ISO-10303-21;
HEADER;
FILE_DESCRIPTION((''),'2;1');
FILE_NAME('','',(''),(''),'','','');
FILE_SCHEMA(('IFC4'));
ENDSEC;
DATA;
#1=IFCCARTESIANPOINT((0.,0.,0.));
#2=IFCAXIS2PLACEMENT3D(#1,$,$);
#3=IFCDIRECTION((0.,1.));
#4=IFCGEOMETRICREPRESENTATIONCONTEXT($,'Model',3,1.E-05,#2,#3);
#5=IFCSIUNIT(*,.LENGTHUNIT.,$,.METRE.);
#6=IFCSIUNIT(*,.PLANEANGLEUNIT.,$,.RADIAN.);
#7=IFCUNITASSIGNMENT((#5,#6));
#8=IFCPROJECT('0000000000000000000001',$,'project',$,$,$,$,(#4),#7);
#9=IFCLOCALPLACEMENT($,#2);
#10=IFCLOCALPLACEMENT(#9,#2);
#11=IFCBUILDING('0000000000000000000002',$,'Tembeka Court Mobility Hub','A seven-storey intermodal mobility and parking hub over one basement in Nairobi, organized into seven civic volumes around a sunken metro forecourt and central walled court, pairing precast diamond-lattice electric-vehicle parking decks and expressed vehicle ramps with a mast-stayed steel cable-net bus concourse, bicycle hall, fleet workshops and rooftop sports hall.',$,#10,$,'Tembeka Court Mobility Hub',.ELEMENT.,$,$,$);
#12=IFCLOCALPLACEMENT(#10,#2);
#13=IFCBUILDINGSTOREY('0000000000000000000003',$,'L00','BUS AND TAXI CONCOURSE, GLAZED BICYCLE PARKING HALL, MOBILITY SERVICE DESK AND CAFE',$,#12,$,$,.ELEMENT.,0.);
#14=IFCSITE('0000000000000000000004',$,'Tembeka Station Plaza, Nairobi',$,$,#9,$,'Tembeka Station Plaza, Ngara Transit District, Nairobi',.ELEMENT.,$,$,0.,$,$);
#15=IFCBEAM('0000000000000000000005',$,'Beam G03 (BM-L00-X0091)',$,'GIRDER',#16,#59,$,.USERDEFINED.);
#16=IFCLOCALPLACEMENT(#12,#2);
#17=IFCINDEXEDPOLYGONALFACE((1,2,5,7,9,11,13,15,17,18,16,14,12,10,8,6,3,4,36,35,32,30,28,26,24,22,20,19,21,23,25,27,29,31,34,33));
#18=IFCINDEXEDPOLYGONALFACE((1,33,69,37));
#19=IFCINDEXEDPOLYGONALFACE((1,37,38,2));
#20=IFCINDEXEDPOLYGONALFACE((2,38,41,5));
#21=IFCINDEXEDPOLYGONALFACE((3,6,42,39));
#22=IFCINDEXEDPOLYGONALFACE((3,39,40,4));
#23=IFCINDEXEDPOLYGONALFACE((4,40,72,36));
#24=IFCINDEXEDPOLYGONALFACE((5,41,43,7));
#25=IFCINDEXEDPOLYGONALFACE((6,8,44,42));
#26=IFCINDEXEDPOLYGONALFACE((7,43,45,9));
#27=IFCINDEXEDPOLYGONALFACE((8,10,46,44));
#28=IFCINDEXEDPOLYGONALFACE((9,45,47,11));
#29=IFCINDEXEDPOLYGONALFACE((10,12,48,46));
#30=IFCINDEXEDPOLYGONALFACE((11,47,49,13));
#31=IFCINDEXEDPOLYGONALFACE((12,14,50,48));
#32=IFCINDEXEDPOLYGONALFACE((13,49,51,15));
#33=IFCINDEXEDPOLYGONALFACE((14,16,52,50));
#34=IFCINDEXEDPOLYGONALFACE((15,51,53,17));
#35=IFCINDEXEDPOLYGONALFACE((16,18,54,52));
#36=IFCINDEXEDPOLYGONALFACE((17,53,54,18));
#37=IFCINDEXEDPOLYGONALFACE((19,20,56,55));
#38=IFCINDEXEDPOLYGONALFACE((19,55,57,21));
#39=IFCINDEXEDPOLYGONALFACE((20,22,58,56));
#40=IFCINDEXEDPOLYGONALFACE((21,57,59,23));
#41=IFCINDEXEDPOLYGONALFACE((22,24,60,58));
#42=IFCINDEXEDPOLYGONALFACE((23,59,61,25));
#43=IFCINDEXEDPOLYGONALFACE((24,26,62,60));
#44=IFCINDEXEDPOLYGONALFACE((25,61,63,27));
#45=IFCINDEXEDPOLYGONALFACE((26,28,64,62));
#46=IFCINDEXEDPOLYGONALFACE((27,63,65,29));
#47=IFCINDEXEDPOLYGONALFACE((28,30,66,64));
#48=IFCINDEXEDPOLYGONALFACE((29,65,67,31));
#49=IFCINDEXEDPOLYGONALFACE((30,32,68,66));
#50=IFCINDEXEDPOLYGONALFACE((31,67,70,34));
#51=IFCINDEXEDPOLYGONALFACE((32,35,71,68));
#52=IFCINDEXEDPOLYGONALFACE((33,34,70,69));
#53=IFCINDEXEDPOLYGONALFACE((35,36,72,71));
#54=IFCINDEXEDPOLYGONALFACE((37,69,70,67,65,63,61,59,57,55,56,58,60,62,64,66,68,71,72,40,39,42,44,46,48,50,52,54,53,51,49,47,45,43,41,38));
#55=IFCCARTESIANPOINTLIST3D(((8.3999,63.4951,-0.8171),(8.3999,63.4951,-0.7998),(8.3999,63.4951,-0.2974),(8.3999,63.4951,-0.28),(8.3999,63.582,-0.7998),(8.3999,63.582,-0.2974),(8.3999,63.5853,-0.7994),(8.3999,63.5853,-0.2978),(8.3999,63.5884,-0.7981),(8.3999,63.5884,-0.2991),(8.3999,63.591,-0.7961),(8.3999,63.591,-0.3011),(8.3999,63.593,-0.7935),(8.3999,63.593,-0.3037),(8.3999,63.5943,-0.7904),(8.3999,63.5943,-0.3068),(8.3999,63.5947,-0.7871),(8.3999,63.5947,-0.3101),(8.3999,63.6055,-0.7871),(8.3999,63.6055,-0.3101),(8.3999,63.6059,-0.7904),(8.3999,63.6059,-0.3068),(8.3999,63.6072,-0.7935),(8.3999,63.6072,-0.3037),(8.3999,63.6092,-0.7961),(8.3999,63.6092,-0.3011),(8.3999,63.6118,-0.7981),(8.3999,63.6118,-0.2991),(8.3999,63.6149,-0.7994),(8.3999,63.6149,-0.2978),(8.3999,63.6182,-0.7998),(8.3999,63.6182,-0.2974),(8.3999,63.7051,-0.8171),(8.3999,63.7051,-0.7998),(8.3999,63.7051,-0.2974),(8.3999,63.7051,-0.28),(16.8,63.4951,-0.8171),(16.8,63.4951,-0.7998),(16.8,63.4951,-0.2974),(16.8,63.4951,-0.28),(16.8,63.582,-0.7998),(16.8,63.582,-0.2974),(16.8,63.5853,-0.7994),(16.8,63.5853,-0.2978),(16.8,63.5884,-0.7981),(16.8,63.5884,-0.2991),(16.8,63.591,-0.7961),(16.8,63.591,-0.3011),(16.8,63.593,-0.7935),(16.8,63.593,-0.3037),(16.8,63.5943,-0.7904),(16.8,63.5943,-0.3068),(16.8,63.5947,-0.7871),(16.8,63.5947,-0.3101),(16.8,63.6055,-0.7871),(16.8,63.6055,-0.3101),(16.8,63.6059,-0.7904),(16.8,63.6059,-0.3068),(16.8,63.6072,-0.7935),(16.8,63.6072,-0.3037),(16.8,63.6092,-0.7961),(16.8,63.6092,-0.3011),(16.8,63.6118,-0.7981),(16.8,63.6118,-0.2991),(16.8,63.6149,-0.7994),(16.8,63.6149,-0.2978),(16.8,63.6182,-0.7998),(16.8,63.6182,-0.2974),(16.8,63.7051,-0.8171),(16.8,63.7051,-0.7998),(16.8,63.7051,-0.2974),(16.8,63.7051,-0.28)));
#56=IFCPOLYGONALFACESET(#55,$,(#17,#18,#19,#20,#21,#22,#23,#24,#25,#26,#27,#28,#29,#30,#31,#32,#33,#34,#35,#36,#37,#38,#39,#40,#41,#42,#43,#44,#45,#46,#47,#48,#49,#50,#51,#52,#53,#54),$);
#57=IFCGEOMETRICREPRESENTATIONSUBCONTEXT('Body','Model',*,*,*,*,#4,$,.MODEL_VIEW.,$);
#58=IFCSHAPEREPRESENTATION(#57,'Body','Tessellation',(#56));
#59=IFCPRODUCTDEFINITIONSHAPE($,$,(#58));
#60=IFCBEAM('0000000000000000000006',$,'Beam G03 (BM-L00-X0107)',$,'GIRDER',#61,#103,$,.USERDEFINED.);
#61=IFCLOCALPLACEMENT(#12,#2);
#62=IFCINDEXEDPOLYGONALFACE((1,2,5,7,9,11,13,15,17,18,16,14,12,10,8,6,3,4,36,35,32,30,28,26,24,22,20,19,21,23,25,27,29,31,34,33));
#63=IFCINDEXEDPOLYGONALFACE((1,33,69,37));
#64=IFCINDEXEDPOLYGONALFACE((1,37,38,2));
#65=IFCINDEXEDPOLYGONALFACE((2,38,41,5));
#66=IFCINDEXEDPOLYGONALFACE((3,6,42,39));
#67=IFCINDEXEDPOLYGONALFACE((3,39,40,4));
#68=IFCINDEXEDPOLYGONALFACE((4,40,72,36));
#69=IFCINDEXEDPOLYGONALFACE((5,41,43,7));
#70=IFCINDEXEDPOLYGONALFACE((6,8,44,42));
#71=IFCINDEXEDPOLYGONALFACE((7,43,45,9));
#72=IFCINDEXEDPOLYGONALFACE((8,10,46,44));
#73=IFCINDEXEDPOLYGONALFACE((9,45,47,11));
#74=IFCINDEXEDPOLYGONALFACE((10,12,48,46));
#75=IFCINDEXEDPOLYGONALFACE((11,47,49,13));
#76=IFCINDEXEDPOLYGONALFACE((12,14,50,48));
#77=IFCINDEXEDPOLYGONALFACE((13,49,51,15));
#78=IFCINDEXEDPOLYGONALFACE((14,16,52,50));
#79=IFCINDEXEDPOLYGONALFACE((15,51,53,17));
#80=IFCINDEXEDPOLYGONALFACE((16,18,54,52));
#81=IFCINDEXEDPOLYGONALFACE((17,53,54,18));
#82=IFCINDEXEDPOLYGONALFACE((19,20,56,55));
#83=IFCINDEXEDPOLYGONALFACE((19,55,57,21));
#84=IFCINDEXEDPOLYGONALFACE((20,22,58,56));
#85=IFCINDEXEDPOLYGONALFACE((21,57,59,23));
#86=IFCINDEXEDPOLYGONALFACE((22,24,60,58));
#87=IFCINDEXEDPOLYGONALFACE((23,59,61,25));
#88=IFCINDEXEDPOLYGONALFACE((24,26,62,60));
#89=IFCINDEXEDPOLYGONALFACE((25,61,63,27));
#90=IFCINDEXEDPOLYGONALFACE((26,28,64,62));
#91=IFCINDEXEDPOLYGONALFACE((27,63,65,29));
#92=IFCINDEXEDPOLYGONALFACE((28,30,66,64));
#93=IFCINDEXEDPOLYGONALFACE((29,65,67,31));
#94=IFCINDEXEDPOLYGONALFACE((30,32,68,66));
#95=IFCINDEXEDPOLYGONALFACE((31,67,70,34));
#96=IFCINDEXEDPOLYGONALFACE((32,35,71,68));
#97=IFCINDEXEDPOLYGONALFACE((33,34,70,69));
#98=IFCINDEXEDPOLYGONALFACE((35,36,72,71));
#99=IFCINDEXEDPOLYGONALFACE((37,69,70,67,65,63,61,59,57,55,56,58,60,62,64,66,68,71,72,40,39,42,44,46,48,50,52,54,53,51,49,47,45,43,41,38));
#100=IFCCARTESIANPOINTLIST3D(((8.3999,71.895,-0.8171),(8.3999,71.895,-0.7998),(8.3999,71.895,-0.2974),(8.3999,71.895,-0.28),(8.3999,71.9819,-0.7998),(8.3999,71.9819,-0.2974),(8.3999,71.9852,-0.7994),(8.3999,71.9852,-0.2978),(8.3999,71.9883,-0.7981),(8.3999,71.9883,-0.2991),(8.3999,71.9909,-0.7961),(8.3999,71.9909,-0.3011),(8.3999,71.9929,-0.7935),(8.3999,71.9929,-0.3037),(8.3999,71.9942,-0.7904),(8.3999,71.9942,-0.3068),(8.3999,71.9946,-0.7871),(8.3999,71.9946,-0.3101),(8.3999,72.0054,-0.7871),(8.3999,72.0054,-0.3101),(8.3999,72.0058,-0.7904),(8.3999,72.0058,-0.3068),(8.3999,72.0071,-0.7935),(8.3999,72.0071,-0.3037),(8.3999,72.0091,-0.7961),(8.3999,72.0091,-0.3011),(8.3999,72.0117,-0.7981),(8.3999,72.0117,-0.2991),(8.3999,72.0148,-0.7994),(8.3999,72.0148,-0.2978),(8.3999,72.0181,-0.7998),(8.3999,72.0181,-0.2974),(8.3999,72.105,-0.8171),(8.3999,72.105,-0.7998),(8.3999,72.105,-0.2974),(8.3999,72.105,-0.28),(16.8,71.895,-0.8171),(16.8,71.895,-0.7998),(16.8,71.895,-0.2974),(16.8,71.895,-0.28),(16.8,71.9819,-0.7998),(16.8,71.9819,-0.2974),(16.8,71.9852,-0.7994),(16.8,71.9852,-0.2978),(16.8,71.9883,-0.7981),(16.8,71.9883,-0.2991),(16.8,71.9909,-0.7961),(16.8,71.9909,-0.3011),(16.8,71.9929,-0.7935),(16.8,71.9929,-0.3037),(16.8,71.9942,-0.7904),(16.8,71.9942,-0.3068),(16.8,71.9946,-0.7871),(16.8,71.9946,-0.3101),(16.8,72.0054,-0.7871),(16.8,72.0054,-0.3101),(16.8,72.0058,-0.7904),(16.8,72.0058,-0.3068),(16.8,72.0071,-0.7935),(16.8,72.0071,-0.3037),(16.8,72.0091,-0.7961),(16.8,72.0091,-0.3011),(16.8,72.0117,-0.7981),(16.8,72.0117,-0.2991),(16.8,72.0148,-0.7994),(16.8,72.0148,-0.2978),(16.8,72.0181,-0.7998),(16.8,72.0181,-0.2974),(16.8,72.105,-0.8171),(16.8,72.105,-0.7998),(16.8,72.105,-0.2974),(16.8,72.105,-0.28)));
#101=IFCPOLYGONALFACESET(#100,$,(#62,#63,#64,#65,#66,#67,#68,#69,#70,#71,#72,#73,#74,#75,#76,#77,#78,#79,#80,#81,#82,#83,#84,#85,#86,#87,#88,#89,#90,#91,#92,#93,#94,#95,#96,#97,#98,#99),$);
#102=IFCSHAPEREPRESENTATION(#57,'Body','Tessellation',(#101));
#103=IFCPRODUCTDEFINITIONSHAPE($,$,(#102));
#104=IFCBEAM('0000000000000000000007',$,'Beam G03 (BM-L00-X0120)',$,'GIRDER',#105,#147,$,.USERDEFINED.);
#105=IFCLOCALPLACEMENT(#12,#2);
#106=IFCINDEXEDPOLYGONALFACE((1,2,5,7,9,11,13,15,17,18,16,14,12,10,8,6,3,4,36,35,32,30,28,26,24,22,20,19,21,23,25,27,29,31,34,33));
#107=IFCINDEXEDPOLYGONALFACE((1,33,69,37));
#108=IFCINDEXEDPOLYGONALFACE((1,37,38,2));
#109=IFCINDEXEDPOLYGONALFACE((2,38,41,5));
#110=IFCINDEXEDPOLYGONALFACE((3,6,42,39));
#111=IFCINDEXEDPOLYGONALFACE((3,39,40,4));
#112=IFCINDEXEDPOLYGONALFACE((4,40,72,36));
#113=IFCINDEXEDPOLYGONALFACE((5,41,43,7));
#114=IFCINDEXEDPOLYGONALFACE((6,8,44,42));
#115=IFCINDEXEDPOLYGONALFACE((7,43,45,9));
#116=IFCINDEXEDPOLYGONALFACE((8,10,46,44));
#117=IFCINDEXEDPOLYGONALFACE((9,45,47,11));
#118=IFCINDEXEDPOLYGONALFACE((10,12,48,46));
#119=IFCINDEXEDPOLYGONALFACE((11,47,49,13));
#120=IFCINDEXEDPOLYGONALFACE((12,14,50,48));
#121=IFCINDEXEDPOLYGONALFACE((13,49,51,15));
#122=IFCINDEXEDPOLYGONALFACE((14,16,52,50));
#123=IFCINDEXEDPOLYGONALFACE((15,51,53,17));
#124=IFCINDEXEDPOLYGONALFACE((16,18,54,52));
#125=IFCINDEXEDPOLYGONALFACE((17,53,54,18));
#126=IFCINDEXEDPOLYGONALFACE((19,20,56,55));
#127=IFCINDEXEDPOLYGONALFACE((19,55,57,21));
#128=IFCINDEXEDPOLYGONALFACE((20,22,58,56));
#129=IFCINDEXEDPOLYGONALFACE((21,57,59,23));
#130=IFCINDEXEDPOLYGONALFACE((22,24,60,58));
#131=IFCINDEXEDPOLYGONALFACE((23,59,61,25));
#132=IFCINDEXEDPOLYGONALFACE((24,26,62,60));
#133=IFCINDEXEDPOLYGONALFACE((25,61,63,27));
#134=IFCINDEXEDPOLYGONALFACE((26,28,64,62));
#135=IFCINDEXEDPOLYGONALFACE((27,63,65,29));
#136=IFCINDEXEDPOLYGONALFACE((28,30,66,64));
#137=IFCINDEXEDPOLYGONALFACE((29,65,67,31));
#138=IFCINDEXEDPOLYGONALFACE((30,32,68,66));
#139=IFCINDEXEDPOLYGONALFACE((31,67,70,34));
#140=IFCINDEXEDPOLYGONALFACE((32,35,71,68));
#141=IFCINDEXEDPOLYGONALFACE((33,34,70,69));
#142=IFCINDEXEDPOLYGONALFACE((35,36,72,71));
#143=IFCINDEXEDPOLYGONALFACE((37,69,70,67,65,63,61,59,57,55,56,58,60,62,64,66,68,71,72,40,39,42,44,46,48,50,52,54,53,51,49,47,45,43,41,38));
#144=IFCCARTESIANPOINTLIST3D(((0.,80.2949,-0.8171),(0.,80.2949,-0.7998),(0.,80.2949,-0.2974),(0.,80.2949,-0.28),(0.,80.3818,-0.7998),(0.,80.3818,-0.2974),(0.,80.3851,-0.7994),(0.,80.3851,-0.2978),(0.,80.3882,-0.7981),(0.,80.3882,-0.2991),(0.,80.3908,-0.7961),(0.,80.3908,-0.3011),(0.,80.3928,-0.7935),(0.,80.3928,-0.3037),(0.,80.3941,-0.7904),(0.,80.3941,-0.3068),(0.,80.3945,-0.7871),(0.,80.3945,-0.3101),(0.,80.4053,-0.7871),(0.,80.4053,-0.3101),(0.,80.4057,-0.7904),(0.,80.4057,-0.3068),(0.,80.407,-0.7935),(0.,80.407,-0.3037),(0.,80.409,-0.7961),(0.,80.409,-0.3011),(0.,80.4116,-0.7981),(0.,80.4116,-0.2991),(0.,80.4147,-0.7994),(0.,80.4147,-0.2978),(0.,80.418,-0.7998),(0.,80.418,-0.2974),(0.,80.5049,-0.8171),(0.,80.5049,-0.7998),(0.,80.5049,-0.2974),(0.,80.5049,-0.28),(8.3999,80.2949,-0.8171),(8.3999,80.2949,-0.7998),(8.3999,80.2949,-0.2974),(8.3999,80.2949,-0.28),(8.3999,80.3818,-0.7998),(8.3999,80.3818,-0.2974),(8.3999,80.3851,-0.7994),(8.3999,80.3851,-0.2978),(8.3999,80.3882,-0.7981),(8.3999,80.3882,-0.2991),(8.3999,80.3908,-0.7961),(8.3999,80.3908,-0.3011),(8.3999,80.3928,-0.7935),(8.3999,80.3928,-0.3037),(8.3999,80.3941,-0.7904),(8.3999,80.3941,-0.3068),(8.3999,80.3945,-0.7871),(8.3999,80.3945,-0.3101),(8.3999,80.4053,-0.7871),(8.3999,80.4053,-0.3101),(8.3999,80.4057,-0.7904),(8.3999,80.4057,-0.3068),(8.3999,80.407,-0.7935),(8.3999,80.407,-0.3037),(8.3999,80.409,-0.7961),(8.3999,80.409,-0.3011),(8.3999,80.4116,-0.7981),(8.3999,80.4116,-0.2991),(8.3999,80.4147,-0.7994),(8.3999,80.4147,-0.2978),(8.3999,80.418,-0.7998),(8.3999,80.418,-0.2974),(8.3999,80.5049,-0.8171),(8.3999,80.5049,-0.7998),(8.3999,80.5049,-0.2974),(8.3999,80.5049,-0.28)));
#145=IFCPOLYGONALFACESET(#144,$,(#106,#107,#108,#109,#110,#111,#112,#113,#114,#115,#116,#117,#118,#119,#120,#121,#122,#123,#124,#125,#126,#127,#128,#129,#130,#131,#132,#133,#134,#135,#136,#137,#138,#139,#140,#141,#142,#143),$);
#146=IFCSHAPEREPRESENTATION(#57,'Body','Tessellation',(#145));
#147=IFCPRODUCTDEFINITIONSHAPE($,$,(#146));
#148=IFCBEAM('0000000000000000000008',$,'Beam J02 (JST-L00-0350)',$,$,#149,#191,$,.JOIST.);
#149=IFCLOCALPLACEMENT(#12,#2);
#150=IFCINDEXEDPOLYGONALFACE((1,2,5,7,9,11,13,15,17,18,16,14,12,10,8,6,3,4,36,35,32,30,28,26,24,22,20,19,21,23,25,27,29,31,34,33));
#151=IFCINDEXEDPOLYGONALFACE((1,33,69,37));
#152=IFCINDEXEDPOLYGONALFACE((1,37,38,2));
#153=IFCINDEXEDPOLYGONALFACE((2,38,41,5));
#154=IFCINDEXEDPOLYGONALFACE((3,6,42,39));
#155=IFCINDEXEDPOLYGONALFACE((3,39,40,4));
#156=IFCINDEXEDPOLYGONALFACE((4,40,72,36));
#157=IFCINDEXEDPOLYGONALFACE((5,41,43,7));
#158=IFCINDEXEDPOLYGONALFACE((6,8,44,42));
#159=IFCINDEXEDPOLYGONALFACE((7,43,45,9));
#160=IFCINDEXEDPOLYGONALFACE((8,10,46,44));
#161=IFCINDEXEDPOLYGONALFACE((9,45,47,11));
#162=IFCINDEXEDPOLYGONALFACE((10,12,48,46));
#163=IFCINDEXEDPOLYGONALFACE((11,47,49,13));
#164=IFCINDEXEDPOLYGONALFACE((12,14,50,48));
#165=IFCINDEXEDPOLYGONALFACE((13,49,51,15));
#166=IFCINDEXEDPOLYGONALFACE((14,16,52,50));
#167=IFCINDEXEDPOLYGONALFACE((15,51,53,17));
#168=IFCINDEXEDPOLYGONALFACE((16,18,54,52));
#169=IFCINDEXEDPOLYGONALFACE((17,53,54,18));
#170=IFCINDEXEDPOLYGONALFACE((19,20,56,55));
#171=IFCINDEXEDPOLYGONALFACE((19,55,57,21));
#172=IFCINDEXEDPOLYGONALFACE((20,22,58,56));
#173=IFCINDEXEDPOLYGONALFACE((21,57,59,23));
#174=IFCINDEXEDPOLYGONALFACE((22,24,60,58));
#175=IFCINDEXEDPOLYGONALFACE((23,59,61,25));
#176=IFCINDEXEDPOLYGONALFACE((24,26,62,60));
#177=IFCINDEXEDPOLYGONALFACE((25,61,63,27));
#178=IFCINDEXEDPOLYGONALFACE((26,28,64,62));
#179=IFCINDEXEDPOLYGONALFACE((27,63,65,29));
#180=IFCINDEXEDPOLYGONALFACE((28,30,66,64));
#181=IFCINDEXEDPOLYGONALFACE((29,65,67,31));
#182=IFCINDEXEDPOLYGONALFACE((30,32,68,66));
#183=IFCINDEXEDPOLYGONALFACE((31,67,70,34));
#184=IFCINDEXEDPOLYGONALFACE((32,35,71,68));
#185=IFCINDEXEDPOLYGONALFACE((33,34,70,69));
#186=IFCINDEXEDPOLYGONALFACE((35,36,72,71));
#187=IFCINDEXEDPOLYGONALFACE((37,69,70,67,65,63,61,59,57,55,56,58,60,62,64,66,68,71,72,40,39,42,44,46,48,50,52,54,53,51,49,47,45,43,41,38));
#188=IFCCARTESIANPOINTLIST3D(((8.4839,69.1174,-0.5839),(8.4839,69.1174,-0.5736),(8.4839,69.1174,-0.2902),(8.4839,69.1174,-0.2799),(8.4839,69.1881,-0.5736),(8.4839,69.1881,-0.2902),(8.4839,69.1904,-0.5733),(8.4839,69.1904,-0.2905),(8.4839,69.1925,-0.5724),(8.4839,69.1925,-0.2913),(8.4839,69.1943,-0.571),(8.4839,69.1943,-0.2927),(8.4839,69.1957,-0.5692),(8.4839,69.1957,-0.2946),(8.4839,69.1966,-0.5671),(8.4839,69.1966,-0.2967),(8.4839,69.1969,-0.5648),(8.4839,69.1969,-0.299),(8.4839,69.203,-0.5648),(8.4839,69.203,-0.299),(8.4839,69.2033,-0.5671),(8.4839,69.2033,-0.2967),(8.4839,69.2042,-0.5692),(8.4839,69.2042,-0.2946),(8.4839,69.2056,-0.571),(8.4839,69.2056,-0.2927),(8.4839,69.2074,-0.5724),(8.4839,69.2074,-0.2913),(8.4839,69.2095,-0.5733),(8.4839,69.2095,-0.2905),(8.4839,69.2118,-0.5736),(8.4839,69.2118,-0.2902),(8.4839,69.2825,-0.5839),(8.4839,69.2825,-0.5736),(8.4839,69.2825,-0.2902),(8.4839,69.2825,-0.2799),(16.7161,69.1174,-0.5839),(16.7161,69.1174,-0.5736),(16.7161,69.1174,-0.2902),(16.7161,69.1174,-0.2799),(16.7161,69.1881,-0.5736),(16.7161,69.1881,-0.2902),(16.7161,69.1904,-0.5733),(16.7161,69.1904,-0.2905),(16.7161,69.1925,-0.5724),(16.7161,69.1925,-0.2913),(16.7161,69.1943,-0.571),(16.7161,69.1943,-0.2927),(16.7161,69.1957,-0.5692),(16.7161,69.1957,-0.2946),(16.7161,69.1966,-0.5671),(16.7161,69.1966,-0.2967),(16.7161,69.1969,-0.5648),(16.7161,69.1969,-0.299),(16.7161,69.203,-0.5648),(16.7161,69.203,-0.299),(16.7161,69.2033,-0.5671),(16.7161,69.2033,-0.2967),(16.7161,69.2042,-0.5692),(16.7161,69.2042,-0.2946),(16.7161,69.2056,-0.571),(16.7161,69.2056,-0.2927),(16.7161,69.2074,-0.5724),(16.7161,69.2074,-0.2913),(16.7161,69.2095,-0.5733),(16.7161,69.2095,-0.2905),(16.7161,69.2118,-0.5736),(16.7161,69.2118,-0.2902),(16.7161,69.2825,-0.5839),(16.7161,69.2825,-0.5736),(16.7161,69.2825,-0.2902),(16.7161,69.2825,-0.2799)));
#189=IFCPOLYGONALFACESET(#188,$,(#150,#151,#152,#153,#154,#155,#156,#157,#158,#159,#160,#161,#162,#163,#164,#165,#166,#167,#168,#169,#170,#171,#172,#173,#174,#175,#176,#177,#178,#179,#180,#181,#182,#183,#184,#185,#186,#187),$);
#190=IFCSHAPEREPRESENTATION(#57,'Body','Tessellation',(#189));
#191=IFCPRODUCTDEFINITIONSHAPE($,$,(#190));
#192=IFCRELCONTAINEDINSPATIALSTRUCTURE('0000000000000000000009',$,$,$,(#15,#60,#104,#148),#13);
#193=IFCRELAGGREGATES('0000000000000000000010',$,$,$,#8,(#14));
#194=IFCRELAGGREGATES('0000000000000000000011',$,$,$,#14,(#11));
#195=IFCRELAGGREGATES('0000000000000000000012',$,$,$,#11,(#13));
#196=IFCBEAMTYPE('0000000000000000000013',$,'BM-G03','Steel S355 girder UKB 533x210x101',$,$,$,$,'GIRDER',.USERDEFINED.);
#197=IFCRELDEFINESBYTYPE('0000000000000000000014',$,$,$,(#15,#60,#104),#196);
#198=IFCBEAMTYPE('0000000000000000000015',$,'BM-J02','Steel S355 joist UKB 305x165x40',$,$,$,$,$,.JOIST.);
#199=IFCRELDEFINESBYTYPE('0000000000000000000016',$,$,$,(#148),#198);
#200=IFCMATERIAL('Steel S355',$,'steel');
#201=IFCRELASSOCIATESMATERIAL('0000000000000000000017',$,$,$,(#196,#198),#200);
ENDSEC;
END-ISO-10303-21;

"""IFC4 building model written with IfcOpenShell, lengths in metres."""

from ifc_helpers import new_model, si_unit, direction, frame, origin, origin_2d, place, context, subcontext, project, spatial, i_section, extrude, material, material_profile, profile_set, type_object, element, save


model = new_model("IFC4")

# Units and contexts
model_context = context("Model", 3, precision=1e-05, world=origin(), true_north=direction((0.0, 1.0)))
body_context = subcontext(model_context, "Body", "Model", "MODEL_VIEW")
ifc_project = project(units=[si_unit("LENGTHUNIT", "METRE"), si_unit("PLANEANGLEUNIT", "RADIAN")], contexts=[model_context])

# Site, building, storey
site_placement = place(None, origin())
site = spatial("IfcSite", under=ifc_project, at=site_placement, Name="Tembeka Station Plaza, Nairobi", LongName="Tembeka Station Plaza, Ngara Transit District, Nairobi", CompositionType="ELEMENT", RefElevation=0.0)
building_placement = place(site_placement, origin())
building = spatial("IfcBuilding", under=site, at=building_placement, Name="Tembeka Court Mobility Hub", Description="A seven-storey intermodal mobility and parking hub over one basement in Nairobi, organized into seven civic volumes around a sunken metro forecourt and central walled court, pairing precast diamond-lattice electric-vehicle parking decks and expressed vehicle ramps with a mast-stayed steel cable-net bus concourse, bicycle hall, fleet workshops and rooftop sports hall.", LongName="Tembeka Court Mobility Hub", CompositionType="ELEMENT")
storey_placement = place(building_placement, origin())
storey = spatial("IfcBuildingStorey", under=building, at=storey_placement, Name="L00", Description="BUS AND TAXI CONCOURSE, GLAZED BICYCLE PARKING HALL, MOBILITY SERVICE DESK AND CAFE", CompositionType="ELEMENT", Elevation=0.0)

# Shared definitions
ifc_material_1 = material(Name="Steel S355", Category="steel")

# Beams
ifc_material_profile_1 = material_profile(ifc_material_1, i_section(OverallWidth=0.21, OverallDepth=0.5371, WebThickness=0.0107, FlangeThickness=0.0173, FilletRadius=0.0127, at=origin_2d()), Name="UKB 533x210x101")
ifc_profile_set_1 = profile_set([ifc_material_profile_1], Name="Steel S355")
beam_type_1 = type_object("IfcBeamType", Name="BM-G03", Description="Steel S355 girder UKB 533x210x101", ElementType="GIRDER", PredefinedType="USERDEFINED", material=ifc_profile_set_1)
for number, where, z_axis, x_axis, name in (
    (1, (8.3999, 63.6001, -0.5486), (1.0, 0.0, 0.0), (0.0, 1.0, 0.0), "Beam G03 (BM-L00-X0091)"),
    (2, (8.3999, 72.0, -0.5486), (1.0, 0.0, 0.0), (0.0, 1.0, 0.0), "Beam G03 (BM-L00-X0107)"),
):
    element("IfcBeam", number, at=place(storey_placement, frame(where, z_axis=z_axis, x_axis=x_axis)), inside=storey, type_object=beam_type_1, Name=name, ObjectType="GIRDER", PredefinedType="USERDEFINED", context=body_context, shape_type="SweptSolid", body=[
        extrude(i_section(OverallWidth=0.21, OverallDepth=0.5371, WebThickness=0.0107, FlangeThickness=0.0173, FilletRadius=0.0127, at=origin_2d()), origin(), (0.0, 0.0, 1.0), 8.4001),
    ])
beam_placement = place(storey_placement, frame((0.0, 80.3999, -0.5486), z_axis=(1.0, 0.0, 0.0), x_axis=(0.0, 1.0, 0.0)))
element("IfcBeam", 3, at=beam_placement, inside=storey, type_object=beam_type_1, Name="Beam G03 (BM-L00-X0120)", ObjectType="GIRDER", PredefinedType="USERDEFINED", context=body_context, shape_type="SweptSolid", body=[
    extrude(i_section(OverallWidth=0.21, OverallDepth=0.5371, WebThickness=0.0107, FlangeThickness=0.0173, FilletRadius=0.0127, at=origin_2d()), origin(), (0.0, 0.0, 1.0), 8.3999),
])
ifc_material_profile_2 = material_profile(ifc_material_1, i_section(OverallWidth=0.165, OverallDepth=0.304, WebThickness=0.0061, FlangeThickness=0.0103, FilletRadius=0.0088, at=origin_2d()), Name="UKB 305x165x40")
ifc_profile_set_2 = profile_set([ifc_material_profile_2], Name="Steel S355")
beam_type_2 = type_object("IfcBeamType", Name="BM-J02", Description="Steel S355 joist UKB 305x165x40", PredefinedType="JOIST", material=ifc_profile_set_2)
for number, where, z_axis, x_axis, name in (
    (4, (8.4839, 69.2, -0.4319), (1.0, 0.0, 0.0), (0.0, 1.0, 0.0), "Beam J02 (JST-L00-0350)"),
):
    element("IfcBeam", number, at=place(storey_placement, frame(where, z_axis=z_axis, x_axis=x_axis)), inside=storey, type_object=beam_type_2, Name=name, PredefinedType="JOIST", context=body_context, shape_type="SweptSolid", body=[
        extrude(i_section(OverallWidth=0.165, OverallDepth=0.304, WebThickness=0.0061, FlangeThickness=0.0103, FilletRadius=0.0088, at=origin_2d()), origin(), (0.0, 0.0, 1.0), 8.2322),
    ])

save(model, "model.ifc")
